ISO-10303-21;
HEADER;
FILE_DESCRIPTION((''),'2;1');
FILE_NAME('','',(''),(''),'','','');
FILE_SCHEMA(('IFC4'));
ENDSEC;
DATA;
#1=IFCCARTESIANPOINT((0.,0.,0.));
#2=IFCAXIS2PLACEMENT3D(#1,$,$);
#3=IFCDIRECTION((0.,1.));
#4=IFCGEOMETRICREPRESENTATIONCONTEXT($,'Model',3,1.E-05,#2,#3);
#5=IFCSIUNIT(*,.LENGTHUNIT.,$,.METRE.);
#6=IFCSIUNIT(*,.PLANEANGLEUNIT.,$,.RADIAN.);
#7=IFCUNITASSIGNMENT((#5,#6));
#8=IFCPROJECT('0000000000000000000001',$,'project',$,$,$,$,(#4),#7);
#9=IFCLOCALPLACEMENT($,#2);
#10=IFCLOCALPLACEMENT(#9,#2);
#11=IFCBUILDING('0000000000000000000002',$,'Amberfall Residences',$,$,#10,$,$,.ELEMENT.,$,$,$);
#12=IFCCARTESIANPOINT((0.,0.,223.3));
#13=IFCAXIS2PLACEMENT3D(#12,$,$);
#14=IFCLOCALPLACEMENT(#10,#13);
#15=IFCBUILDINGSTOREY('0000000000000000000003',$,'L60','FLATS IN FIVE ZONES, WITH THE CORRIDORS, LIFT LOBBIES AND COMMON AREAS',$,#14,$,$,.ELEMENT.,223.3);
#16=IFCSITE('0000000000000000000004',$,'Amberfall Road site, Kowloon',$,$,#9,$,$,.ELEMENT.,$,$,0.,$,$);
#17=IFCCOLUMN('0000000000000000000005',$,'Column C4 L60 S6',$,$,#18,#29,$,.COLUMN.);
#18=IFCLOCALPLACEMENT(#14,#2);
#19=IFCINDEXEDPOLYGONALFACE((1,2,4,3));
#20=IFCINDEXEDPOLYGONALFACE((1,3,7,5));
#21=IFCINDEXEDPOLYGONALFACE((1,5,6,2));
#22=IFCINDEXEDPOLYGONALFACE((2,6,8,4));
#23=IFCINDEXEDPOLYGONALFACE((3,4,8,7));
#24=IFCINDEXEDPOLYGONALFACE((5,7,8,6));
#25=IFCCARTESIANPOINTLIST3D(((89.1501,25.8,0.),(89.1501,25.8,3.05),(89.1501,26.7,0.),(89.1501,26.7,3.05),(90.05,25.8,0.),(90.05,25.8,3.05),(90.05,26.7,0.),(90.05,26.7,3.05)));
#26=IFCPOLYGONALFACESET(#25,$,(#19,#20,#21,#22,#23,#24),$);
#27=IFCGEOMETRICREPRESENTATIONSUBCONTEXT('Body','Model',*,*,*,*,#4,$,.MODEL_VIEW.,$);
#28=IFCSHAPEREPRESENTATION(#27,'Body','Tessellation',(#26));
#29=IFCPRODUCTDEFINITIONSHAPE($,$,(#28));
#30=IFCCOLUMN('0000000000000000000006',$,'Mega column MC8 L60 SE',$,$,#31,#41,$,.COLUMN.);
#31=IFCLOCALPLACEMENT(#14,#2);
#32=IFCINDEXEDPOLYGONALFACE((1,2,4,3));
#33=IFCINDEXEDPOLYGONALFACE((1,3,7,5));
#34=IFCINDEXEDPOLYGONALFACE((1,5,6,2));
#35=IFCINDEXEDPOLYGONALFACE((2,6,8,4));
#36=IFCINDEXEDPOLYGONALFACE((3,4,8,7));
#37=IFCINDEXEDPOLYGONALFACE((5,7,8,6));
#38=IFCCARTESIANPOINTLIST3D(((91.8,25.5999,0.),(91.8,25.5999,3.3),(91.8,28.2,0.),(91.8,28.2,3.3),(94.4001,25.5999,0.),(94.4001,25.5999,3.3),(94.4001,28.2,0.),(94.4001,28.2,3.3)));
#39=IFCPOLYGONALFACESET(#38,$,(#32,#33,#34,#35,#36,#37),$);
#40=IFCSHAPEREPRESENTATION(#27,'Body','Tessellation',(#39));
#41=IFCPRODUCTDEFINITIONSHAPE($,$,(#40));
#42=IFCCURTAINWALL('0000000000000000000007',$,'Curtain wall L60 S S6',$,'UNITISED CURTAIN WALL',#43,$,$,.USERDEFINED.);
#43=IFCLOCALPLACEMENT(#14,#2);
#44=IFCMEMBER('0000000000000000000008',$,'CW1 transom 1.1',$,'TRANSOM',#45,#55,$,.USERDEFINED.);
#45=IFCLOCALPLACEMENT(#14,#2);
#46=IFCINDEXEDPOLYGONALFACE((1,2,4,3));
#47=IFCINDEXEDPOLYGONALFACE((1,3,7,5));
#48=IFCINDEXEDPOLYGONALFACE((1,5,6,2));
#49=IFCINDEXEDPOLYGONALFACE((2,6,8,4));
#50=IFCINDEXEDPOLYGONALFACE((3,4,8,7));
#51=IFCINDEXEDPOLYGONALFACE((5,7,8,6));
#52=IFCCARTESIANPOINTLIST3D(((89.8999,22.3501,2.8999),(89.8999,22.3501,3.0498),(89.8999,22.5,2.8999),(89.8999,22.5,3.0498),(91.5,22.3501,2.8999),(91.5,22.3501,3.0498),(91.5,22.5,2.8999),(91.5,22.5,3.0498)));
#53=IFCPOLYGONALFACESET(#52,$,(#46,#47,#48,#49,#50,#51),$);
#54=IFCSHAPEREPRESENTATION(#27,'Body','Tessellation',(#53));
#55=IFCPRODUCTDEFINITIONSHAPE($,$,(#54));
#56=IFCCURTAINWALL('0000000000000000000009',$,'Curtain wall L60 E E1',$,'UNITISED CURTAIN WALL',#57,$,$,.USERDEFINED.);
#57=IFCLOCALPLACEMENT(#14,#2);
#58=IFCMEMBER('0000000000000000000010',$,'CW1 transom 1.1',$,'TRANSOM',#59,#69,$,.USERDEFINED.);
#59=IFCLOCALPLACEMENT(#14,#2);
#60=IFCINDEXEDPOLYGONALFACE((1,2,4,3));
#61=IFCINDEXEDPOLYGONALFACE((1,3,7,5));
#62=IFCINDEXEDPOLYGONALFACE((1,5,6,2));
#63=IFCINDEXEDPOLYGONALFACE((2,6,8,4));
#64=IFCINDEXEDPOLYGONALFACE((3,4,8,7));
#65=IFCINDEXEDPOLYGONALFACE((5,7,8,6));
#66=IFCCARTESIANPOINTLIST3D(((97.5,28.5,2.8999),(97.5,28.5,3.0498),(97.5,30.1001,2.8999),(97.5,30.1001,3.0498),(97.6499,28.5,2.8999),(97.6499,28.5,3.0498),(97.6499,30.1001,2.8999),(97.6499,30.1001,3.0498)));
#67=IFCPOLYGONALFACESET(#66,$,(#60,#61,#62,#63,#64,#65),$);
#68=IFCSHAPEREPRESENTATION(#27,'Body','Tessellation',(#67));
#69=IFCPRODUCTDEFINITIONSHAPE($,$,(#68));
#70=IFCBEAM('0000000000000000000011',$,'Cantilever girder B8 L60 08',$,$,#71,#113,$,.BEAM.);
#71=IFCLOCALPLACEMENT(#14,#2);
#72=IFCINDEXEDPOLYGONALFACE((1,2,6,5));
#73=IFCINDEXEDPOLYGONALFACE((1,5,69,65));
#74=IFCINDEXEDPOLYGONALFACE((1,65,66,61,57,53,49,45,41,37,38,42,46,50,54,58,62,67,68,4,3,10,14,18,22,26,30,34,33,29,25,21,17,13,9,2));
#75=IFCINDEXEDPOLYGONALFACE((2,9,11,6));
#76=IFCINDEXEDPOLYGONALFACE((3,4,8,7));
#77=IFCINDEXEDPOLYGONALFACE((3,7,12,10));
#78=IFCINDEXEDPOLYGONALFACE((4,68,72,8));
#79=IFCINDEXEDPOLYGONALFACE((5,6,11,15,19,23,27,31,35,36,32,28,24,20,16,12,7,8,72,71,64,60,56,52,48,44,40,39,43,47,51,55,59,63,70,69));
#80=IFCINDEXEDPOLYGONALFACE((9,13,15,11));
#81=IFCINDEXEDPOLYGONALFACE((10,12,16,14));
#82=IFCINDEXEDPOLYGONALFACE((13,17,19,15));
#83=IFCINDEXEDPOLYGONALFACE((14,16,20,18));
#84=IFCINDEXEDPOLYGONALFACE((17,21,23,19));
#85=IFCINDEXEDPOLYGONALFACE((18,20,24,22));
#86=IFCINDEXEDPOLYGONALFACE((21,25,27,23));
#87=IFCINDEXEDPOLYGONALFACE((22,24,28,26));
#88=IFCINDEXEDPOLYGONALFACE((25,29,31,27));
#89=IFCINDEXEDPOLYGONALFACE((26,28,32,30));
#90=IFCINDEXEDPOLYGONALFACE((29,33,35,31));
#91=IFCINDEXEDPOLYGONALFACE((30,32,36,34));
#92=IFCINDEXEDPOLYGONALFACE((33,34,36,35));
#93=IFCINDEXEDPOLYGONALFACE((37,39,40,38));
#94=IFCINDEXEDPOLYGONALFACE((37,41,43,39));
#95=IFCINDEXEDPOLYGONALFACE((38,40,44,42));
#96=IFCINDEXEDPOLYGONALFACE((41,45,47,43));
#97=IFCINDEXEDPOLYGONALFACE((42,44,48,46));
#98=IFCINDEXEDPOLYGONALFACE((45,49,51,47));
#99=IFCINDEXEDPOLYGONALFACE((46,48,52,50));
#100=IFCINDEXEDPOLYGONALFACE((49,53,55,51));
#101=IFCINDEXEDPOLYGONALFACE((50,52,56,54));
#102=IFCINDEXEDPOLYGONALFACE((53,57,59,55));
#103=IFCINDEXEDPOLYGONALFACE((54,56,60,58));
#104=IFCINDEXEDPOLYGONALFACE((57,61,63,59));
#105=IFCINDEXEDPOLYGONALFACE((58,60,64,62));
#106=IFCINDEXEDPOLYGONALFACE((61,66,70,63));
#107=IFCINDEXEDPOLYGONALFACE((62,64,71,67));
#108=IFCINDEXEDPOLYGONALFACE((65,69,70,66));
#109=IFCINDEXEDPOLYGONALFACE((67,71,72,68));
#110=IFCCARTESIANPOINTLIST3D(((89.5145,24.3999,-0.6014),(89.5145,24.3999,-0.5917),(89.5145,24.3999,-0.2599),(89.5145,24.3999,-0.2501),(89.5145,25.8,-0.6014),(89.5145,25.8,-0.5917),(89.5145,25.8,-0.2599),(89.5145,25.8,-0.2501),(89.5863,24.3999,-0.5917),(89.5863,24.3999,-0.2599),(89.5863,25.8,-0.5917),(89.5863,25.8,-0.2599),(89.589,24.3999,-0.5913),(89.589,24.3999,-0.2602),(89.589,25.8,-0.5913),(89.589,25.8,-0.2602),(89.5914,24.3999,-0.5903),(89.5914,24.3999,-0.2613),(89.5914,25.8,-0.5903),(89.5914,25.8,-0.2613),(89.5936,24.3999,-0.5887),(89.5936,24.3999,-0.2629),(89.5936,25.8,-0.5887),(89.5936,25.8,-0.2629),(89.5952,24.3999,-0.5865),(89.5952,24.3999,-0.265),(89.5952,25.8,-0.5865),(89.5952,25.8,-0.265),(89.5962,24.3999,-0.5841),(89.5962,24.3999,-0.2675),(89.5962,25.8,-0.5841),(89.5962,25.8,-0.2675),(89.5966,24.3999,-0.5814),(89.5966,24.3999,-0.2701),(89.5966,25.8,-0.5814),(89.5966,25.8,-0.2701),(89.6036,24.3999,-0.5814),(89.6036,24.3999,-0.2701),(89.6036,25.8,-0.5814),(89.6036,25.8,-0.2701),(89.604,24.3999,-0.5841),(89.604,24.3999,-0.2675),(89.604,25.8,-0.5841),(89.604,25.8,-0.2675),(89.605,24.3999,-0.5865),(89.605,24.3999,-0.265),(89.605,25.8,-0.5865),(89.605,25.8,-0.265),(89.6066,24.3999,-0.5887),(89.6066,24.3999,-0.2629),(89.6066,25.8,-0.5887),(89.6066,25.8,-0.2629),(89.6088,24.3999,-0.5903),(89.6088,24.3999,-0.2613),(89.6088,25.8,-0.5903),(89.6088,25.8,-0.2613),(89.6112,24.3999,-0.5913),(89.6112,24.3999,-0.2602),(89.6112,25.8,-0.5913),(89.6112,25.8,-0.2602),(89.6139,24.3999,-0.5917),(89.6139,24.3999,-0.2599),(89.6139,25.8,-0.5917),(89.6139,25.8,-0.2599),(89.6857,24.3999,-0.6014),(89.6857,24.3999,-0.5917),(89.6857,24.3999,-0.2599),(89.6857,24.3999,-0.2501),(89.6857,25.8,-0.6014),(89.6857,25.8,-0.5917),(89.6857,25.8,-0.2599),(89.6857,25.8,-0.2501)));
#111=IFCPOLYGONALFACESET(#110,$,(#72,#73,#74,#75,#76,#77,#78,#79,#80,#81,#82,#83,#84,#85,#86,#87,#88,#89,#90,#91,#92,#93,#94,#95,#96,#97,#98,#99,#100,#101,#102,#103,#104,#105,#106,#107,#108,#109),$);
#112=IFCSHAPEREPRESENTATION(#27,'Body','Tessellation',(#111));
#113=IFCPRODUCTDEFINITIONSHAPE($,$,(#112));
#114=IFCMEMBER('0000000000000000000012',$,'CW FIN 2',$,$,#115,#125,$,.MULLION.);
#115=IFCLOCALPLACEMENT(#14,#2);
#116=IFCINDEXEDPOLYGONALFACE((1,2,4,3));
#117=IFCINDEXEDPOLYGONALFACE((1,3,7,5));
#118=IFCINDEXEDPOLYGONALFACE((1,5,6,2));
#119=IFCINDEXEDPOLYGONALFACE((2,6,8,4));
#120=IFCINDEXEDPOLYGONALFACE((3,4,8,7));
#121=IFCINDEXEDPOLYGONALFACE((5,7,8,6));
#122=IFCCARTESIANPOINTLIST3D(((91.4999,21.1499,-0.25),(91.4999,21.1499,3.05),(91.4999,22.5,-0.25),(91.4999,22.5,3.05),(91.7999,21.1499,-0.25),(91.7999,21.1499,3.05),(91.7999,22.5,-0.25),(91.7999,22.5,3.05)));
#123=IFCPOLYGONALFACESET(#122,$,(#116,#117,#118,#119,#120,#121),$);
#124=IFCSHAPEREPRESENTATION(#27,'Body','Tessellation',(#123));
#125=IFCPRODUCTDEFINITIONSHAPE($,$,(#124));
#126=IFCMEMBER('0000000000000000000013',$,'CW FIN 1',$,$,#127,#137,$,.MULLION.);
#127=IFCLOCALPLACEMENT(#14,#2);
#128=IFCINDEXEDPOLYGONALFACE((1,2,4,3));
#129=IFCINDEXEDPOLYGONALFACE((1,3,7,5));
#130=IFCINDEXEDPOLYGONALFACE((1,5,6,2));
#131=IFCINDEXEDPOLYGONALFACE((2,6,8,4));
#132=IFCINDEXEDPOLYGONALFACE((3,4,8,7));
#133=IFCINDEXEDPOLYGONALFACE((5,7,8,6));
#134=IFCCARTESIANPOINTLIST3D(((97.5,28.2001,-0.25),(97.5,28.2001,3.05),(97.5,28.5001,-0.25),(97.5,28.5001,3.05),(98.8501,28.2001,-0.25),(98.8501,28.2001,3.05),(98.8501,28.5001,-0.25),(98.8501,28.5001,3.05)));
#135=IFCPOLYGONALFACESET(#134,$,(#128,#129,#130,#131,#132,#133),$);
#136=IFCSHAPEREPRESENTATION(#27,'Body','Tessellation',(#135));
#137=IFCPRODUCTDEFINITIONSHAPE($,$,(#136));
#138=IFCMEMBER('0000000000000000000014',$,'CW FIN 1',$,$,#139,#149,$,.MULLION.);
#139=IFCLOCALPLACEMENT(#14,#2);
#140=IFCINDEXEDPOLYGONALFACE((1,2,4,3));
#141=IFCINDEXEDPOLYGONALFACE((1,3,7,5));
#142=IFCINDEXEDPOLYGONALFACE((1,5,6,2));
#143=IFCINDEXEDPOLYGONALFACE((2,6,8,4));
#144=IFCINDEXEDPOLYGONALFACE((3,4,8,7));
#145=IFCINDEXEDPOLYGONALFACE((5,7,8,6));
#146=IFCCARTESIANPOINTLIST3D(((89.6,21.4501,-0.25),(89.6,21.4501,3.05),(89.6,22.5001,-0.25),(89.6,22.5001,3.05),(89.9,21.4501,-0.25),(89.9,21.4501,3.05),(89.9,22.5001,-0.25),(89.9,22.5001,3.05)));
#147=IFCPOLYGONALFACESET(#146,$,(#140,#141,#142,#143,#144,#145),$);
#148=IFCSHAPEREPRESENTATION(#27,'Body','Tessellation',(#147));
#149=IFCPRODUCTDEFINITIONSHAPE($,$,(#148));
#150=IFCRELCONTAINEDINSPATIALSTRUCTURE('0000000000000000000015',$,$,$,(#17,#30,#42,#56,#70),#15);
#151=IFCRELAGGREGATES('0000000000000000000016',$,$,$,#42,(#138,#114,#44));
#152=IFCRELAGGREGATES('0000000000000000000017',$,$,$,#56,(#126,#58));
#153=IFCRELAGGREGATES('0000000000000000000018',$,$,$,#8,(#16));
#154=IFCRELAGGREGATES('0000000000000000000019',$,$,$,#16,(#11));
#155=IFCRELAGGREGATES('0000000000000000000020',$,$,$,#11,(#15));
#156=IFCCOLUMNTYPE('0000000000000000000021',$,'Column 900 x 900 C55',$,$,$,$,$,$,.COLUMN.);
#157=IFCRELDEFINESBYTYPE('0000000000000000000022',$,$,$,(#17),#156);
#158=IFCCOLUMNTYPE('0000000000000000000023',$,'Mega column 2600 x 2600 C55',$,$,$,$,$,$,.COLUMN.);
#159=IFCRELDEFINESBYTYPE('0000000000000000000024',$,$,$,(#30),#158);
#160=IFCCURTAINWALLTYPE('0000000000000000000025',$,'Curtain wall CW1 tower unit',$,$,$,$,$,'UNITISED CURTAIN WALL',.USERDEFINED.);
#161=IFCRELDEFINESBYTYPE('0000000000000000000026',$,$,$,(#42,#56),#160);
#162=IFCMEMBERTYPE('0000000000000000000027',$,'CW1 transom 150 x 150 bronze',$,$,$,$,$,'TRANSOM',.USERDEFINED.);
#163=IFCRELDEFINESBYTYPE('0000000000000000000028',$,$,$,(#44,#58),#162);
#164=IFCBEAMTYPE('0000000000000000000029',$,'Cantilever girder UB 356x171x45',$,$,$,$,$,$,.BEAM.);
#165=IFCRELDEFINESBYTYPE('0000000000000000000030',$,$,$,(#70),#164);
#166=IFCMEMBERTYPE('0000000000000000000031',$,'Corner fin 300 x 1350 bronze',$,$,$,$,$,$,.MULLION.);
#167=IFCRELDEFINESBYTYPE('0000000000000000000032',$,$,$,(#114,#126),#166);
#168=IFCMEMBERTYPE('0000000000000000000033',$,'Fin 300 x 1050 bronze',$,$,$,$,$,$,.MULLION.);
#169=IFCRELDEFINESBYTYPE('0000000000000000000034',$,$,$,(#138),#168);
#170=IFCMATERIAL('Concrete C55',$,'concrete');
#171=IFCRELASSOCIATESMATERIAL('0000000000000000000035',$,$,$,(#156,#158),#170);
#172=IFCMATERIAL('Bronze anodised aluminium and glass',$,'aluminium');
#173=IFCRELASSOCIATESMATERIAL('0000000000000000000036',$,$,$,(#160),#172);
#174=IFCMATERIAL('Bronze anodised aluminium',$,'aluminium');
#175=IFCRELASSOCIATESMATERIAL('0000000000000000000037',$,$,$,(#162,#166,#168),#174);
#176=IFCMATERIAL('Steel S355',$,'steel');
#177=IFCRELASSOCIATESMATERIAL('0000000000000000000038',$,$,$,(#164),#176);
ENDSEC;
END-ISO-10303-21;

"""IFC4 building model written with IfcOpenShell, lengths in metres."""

from ifc_helpers import new_model, si_unit, direction, frame, origin, origin_2d, place, context, subcontext, project, spatial, rectangle, i_section, extrude, material, material_profile, profile_set, type_object, element, aggregate, save


model = new_model("IFC4")

# Units and contexts
model_context = context("Model", 3, precision=1e-05, world=origin(), true_north=direction((0.0, 1.0)))
body_context = subcontext(model_context, "Body", "Model", "MODEL_VIEW")
ifc_project = project(units=[si_unit("LENGTHUNIT", "METRE"), si_unit("PLANEANGLEUNIT", "RADIAN")], contexts=[model_context])

# Site, building, storey
site_placement = place(None, origin())
site = spatial("IfcSite", under=ifc_project, at=site_placement, Name="Amberfall Road site, Kowloon", CompositionType="ELEMENT", RefElevation=0.0)
building_placement = place(site_placement, origin())
building = spatial("IfcBuilding", under=site, at=building_placement, Name="Amberfall Residences", CompositionType="ELEMENT")
storey_placement = place(building_placement, frame((0.0, 0.0, 223.3)))
storey = spatial("IfcBuildingStorey", under=building, at=storey_placement, Name="L60", Description="FLATS IN FIVE ZONES, WITH THE CORRIDORS, LIFT LOBBIES AND COMMON AREAS", CompositionType="ELEMENT", Elevation=223.3)

# Columns
ifc_material_1 = material(Name="Concrete C55", Category="concrete")
ifc_material_profile_1 = material_profile(ifc_material_1, rectangle(XDim=0.8999, YDim=0.8999, at=origin_2d()), Name="Column 900 x 900 C55")
ifc_profile_set_1 = profile_set([ifc_material_profile_1], Name="Concrete C55")
column_type_1 = type_object("IfcColumnType", Name="Column 900 x 900 C55", PredefinedType="COLUMN", material=ifc_profile_set_1)
column_1_placement = place(storey_placement, frame((89.6001, 26.25, 0.0), z_axis=(0.0, 0.0, 1.0), x_axis=(1.0, 0.0, 0.0)))
element("IfcColumn", 1, at=column_1_placement, inside=storey, type_object=column_type_1, Name="Column C4 L60 S6", PredefinedType="COLUMN", context=body_context, shape_type="SweptSolid", body=[
    extrude(rectangle(XDim=0.8999, YDim=0.8999, at=origin_2d()), origin(), (0.0, 0.0, 1.0), 3.05),
])
ifc_material_profile_2 = material_profile(ifc_material_1, rectangle(XDim=2.6001, YDim=2.6001, at=origin_2d()), Name="Mega column 2600 x 2600 C55")
ifc_profile_set_2 = profile_set([ifc_material_profile_2], Name="Concrete C55")
column_type_2 = type_object("IfcColumnType", Name="Mega column 2600 x 2600 C55", PredefinedType="COLUMN", material=ifc_profile_set_2)
column_2_placement = place(storey_placement, frame((93.1001, 26.8999, 0.0), z_axis=(0.0, 0.0, 1.0), x_axis=(1.0, 0.0, 0.0)))
element("IfcColumn", 2, at=column_2_placement, inside=storey, type_object=column_type_2, Name="Mega column MC8 L60 SE", PredefinedType="COLUMN", context=body_context, shape_type="SweptSolid", body=[
    extrude(rectangle(XDim=2.6001, YDim=2.6001, at=origin_2d()), origin(), (0.0, 0.0, 1.0), 3.3),
])

# Curtain walls, members
ifc_material_2 = material(Name="Bronze anodised aluminium and glass", Category="aluminium")
curtain_wall_type = type_object("IfcCurtainWallType", Name="Curtain wall CW1 tower unit", ElementType="UNITISED CURTAIN WALL", PredefinedType="USERDEFINED", material=ifc_material_2)
curtain_wall_1_placement = place(storey_placement, origin())
curtain_wall_1 = element("IfcCurtainWall", 3, at=curtain_wall_1_placement, inside=storey, type_object=curtain_wall_type, Name="Curtain wall L60 S S6", ObjectType="UNITISED CURTAIN WALL", PredefinedType="USERDEFINED")
ifc_material_3 = material(Name="Bronze anodised aluminium", Category="aluminium")
ifc_material_profile_3 = material_profile(ifc_material_3, rectangle(XDim=0.1499, YDim=0.1499, at=origin_2d()), Name="CW1 transom 150 x 150 bronze")
ifc_profile_set_3 = profile_set([ifc_material_profile_3], Name="Bronze anodised aluminium")
member_type_1 = type_object("IfcMemberType", Name="CW1 transom 150 x 150 bronze", ElementType="TRANSOM", PredefinedType="USERDEFINED", material=ifc_profile_set_3)
member_1_placement = place(storey_placement, frame((89.8999, 22.425, 2.9749), z_axis=(1.0, 0.0, 0.0), x_axis=(0.0, 1.0, 0.0)))
member_1 = element("IfcMember", 4, at=member_1_placement, type_object=member_type_1, Name="CW1 transom 1.1", ObjectType="TRANSOM", PredefinedType="USERDEFINED", context=body_context, shape_type="SweptSolid", body=[
    extrude(rectangle(XDim=0.1499, YDim=0.1499, at=origin_2d()), origin(), (0.0, 0.0, 1.0), 1.6001),
])
curtain_wall_2_placement = place(storey_placement, origin())
curtain_wall_2 = element("IfcCurtainWall", 5, at=curtain_wall_2_placement, inside=storey, type_object=curtain_wall_type, Name="Curtain wall L60 E E1", ObjectType="UNITISED CURTAIN WALL", PredefinedType="USERDEFINED")
member_2_placement = place(storey_placement, frame((97.575, 28.5, 2.9749), z_axis=(0.0, 1.0, 0.0), x_axis=(-1.0, 0.0, 0.0)))
member_2 = element("IfcMember", 6, at=member_2_placement, type_object=member_type_1, Name="CW1 transom 1.1", ObjectType="TRANSOM", PredefinedType="USERDEFINED", context=body_context, shape_type="SweptSolid", body=[
    extrude(rectangle(XDim=0.1499, YDim=0.1499, at=origin_2d()), origin(), (0.0, 0.0, 1.0), 1.6001),
])

# Beam
ifc_material_4 = material(Name="Steel S355", Category="steel")
ifc_material_profile_4 = material_profile(ifc_material_4, i_section(OverallWidth=0.1711, OverallDepth=0.3513, WebThickness=0.0071, FlangeThickness=0.0098, FilletRadius=0.0103, at=origin_2d()), Name="UB 356x171x45")
ifc_profile_set_4 = profile_set([ifc_material_profile_4], Name="Steel S355")
beam_type_1 = type_object("IfcBeamType", Name="Cantilever girder UB 356x171x45", PredefinedType="BEAM", material=ifc_profile_set_4)
beam_1_placement = place(storey_placement, frame((89.6001, 25.8, -0.4258), z_axis=(0.0, -1.0, 0.0), x_axis=(1.0, 0.0, 0.0)))
element("IfcBeam", 7, at=beam_1_placement, inside=storey, type_object=beam_type_1, Name="Cantilever girder B8 L60 08", PredefinedType="BEAM", context=body_context, shape_type="SweptSolid", body=[
    extrude(i_section(OverallWidth=0.1711, OverallDepth=0.3513, WebThickness=0.0071, FlangeThickness=0.0098, FilletRadius=0.0103, at=origin_2d()), origin(), (0.0, 0.0, 1.0), 1.4001),
])

# Members
ifc_material_profile_5 = material_profile(ifc_material_3, rectangle(XDim=1.3501, YDim=0.3, at=origin_2d()), Name="Corner fin 300 x 1350 bronze")
ifc_profile_set_5 = profile_set([ifc_material_profile_5], Name="Bronze anodised aluminium")
member_type_2 = type_object("IfcMemberType", Name="Corner fin 300 x 1350 bronze", PredefinedType="MULLION", material=ifc_profile_set_5)
member_3_placement = place(storey_placement, frame((91.6499, 21.825, -0.25), z_axis=(0.0, 0.0, 1.0), x_axis=(0.0, 1.0, 0.0)))
member_3 = element("IfcMember", 8, at=member_3_placement, type_object=member_type_2, Name="CW FIN 2", PredefinedType="MULLION", context=body_context, shape_type="SweptSolid", body=[
    extrude(rectangle(XDim=1.3501, YDim=0.3, at=origin_2d()), origin(), (0.0, 0.0, 1.0), 3.3),
])
member_4_placement = place(storey_placement, frame((98.175, 28.3501, -0.25), z_axis=(0.0, 0.0, 1.0), x_axis=(-1.0, 0.0, 0.0)))
member_4 = element("IfcMember", 9, at=member_4_placement, type_object=member_type_2, Name="CW FIN 1", PredefinedType="MULLION", context=body_context, shape_type="SweptSolid", body=[
    extrude(rectangle(XDim=1.3501, YDim=0.3, at=origin_2d()), origin(), (0.0, 0.0, 1.0), 3.3),
])
ifc_material_profile_6 = material_profile(ifc_material_3, rectangle(XDim=1.05, YDim=0.3, at=origin_2d()), Name="Fin 300 x 1050 bronze")
ifc_profile_set_6 = profile_set([ifc_material_profile_6], Name="Bronze anodised aluminium")
member_type_3 = type_object("IfcMemberType", Name="Fin 300 x 1050 bronze", PredefinedType="MULLION", material=ifc_profile_set_6)
member_5_placement = place(storey_placement, frame((89.75, 21.9751, -0.25), z_axis=(0.0, 0.0, 1.0), x_axis=(0.0, 1.0, 0.0)))
member_5 = element("IfcMember", 10, at=member_5_placement, type_object=member_type_3, Name="CW FIN 1", PredefinedType="MULLION", context=body_context, shape_type="SweptSolid", body=[
    extrude(rectangle(XDim=1.05, YDim=0.3, at=origin_2d()), origin(), (0.0, 0.0, 1.0), 3.3),
])

aggregate(curtain_wall_1, [member_5, member_3, member_1])
aggregate(curtain_wall_2, [member_4, member_2])

save(model, "model.ifc")
